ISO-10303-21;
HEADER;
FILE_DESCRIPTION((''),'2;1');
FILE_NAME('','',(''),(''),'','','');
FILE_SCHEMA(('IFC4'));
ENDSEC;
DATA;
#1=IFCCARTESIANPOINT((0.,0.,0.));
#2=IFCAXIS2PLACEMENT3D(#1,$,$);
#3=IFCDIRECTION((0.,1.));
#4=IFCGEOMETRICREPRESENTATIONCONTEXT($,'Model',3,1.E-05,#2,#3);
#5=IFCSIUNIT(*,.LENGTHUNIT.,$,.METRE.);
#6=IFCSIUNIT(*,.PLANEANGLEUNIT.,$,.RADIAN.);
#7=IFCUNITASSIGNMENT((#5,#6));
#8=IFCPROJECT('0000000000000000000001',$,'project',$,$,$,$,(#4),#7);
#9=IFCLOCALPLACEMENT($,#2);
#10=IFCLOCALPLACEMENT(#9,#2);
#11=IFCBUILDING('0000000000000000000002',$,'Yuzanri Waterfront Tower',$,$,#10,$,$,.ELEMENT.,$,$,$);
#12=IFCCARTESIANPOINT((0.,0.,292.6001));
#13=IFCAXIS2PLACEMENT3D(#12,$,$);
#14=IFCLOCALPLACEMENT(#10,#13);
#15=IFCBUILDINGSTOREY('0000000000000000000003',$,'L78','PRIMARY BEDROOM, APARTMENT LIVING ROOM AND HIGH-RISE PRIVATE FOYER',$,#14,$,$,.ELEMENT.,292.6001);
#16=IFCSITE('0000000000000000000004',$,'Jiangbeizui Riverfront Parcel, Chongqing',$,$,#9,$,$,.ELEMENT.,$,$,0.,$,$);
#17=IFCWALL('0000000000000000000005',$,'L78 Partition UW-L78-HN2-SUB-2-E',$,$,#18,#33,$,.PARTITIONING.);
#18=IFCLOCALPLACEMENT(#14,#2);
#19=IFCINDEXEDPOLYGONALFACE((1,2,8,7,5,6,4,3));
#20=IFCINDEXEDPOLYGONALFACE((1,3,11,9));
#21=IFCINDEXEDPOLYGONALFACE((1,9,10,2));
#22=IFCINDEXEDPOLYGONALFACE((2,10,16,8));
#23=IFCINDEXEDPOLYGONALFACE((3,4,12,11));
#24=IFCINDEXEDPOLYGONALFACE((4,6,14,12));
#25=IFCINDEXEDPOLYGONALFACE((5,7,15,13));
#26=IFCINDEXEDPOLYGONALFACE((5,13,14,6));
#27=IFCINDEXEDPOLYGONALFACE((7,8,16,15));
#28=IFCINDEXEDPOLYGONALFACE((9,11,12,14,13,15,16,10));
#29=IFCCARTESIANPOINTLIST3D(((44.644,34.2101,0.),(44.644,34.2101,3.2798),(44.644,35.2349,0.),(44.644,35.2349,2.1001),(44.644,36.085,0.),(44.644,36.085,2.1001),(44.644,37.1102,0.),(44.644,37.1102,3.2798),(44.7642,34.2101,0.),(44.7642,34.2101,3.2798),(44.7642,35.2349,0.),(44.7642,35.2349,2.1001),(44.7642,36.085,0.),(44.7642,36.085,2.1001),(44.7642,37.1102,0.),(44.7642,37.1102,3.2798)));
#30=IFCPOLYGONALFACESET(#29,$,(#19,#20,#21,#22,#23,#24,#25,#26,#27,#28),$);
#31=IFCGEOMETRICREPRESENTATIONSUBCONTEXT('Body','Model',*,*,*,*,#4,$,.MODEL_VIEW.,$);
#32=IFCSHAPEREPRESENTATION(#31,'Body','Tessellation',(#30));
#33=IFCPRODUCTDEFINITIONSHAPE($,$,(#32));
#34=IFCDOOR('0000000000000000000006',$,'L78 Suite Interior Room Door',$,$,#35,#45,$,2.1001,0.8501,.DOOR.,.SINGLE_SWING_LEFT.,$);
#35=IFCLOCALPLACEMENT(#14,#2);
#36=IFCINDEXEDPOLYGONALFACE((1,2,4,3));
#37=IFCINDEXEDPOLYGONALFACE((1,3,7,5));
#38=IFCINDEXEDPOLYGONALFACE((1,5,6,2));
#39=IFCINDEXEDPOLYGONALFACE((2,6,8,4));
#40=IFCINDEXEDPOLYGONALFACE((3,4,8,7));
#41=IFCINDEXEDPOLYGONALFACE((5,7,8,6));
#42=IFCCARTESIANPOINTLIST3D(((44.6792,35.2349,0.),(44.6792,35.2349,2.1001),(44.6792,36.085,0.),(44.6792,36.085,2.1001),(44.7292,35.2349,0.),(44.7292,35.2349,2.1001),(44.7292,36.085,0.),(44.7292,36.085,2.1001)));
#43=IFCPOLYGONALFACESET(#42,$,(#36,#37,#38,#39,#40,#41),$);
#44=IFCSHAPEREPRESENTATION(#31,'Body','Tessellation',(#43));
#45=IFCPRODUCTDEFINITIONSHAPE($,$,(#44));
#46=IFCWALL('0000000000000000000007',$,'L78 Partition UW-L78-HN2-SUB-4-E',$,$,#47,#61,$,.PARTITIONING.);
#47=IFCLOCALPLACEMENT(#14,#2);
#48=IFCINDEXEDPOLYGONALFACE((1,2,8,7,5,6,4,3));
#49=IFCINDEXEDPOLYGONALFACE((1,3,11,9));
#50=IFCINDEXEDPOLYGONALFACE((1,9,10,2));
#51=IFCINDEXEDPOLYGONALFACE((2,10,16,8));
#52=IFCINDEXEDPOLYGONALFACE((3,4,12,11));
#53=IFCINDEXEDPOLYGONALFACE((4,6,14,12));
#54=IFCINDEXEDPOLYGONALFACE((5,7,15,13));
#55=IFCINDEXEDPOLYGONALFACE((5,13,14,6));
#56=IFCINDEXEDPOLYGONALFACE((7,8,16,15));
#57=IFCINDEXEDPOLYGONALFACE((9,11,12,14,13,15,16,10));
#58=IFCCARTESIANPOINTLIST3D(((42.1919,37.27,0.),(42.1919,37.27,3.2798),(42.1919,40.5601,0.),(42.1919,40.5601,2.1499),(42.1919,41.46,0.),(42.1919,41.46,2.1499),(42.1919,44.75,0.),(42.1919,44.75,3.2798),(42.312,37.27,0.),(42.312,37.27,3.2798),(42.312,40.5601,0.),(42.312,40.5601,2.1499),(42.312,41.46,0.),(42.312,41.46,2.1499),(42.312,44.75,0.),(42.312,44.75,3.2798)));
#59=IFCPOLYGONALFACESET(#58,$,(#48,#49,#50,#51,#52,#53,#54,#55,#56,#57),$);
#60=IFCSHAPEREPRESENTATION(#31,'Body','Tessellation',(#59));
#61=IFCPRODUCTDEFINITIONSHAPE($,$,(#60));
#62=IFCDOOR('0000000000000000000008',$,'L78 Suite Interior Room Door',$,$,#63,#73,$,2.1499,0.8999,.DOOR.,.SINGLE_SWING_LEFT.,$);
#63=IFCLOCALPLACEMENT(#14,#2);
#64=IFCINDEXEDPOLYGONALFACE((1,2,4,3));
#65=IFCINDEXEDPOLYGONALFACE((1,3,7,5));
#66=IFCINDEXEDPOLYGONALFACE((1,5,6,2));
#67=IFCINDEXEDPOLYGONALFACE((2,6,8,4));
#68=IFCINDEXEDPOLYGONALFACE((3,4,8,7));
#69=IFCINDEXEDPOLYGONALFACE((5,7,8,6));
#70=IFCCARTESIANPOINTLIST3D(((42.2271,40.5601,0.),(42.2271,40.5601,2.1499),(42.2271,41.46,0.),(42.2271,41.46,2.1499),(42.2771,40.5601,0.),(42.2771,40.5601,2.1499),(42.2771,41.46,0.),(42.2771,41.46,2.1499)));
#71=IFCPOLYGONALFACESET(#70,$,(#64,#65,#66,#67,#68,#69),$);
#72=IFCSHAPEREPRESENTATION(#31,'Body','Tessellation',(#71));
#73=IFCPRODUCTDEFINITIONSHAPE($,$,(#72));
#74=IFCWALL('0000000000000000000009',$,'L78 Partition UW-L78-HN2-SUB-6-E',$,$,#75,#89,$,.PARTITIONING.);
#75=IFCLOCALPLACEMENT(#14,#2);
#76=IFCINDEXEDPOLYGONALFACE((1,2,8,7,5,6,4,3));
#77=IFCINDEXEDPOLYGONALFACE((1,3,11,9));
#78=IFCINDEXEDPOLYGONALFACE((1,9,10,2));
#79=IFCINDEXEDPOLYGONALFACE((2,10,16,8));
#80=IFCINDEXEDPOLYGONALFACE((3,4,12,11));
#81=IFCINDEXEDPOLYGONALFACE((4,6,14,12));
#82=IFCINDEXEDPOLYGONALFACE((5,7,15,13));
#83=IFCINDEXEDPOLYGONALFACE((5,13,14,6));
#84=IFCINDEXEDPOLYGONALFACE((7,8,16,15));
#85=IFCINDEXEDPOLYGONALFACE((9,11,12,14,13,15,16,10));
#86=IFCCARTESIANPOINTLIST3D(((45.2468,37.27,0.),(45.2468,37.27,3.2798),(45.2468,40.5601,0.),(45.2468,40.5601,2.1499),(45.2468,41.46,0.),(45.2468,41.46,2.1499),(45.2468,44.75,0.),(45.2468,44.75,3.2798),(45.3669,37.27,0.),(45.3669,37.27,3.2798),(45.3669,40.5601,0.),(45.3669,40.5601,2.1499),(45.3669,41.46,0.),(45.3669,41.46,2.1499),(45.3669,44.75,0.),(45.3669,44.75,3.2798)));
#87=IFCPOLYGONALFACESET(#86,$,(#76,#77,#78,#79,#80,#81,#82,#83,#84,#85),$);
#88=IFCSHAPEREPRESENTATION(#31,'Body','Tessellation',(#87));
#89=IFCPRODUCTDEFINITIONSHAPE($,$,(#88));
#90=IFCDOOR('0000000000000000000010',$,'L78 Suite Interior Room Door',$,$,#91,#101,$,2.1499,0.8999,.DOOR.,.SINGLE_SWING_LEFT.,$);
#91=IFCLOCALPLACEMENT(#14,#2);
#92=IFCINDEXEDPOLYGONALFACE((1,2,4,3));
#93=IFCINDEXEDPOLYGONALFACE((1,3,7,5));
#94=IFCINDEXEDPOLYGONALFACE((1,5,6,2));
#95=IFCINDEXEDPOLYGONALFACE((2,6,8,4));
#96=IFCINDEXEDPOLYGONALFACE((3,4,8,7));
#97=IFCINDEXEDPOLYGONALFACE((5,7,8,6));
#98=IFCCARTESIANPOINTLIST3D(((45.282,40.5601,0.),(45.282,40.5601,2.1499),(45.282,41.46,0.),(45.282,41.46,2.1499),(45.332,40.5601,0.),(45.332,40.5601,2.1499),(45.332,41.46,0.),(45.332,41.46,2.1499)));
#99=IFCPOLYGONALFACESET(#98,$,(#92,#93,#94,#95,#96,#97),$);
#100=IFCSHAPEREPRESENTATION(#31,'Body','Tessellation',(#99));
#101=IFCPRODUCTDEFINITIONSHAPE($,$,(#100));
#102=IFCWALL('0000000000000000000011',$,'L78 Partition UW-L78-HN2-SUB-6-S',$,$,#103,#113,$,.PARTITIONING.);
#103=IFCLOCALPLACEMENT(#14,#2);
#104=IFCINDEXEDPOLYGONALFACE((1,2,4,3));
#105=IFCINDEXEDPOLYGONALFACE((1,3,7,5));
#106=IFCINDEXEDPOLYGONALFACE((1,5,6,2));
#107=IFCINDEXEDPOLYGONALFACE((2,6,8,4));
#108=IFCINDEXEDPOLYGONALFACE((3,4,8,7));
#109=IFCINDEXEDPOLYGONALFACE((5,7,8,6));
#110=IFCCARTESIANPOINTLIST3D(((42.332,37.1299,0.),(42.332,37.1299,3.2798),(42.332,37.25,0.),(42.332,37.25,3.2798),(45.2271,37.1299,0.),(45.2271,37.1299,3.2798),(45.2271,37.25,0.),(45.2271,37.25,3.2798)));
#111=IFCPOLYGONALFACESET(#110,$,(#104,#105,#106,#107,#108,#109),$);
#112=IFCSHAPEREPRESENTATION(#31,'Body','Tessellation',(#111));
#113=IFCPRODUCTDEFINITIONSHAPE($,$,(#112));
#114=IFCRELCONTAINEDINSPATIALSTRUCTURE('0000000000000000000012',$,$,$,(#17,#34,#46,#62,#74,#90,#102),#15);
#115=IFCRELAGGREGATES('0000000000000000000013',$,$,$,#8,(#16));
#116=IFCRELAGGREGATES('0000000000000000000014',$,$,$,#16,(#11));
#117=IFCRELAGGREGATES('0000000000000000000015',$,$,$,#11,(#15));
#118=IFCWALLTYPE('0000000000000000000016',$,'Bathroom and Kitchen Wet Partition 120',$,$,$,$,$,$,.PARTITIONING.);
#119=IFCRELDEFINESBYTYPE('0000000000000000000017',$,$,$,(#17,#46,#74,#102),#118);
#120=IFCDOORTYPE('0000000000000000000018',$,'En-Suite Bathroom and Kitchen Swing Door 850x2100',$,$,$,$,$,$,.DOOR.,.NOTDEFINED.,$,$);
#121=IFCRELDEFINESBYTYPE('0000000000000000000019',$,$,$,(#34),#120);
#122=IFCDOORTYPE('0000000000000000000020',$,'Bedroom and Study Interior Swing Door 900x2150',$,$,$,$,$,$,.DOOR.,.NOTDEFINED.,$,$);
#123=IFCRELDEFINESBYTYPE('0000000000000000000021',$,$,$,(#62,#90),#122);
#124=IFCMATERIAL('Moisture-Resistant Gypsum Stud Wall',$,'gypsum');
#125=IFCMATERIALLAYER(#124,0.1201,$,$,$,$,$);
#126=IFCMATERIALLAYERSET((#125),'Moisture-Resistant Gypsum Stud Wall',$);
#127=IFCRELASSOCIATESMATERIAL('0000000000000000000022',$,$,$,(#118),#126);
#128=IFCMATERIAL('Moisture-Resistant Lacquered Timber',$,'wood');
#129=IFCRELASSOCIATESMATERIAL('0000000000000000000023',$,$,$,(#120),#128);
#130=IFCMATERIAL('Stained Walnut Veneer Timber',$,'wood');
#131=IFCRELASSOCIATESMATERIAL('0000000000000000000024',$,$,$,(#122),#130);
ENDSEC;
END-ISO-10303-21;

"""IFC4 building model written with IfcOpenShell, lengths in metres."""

from ifc_helpers import new_model, si_unit, direction, frame, frame_2d, origin, place, context, subcontext, project, spatial, rectangle, extrude, source, transform, mapped, material, layer, layer_set, type_object, element, fill, save


model = new_model("IFC4")

# Units and contexts
model_context = context("Model", 3, precision=1e-05, world=origin(), true_north=direction((0.0, 1.0)))
body_context = subcontext(model_context, "Body", "Model", "MODEL_VIEW")
ifc_project = project(units=[si_unit("LENGTHUNIT", "METRE"), si_unit("PLANEANGLEUNIT", "RADIAN")], contexts=[model_context])

# Site, building, storey
site_placement = place(None, origin())
site = spatial("IfcSite", under=ifc_project, at=site_placement, Name="Jiangbeizui Riverfront Parcel, Chongqing", CompositionType="ELEMENT", RefElevation=0.0)
building_placement = place(site_placement, origin())
building = spatial("IfcBuilding", under=site, at=building_placement, Name="Yuzanri Waterfront Tower", CompositionType="ELEMENT")
storey_placement = place(building_placement, frame((0.0, 0.0, 292.6001)))
storey = spatial("IfcBuildingStorey", under=building, at=storey_placement, Name="L78", Description="PRIMARY BEDROOM, APARTMENT LIVING ROOM AND HIGH-RISE PRIVATE FOYER", CompositionType="ELEMENT", Elevation=292.6001)

# Walls, openings, doors
ifc_material_1 = material(Name="Moisture-Resistant Gypsum Stud Wall", Category="gypsum")
ifc_layer_1 = layer(ifc_material_1, 0.1201)
ifc_layer_set_1 = layer_set([ifc_layer_1], Name="Moisture-Resistant Gypsum Stud Wall")
wall_type = type_object("IfcWallType", Name="Bathroom and Kitchen Wet Partition 120", PredefinedType="PARTITIONING", material=ifc_layer_set_1)
ifc_material_2 = material(Name="Moisture-Resistant Lacquered Timber", Category="wood")
door_type_1 = type_object("IfcDoorType", Name="En-Suite Bathroom and Kitchen Swing Door 850x2100", OperationType="NOTDEFINED", PredefinedType="DOOR", material=ifc_material_2)
shared_shape_1 = source(origin(), body_context, "Body", "SweptSolid", [
    extrude(rectangle(XDim=0.8501, YDim=2.1001, at=frame_2d((0.425, 1.05))), frame((0.0, 0.0249, 0.0), z_axis=(0.0, -1.0, 0.0), x_axis=(1.0, 0.0, 0.0)), (0.0, 0.0, 1.0), 0.05),
])
wall_1_placement = place(storey_placement, frame((44.7041, 34.21, 0.0), z_axis=(0.0, 0.0, 1.0), x_axis=(0.0, 1.0, 0.0)))
wall_1 = element("IfcWall", 1, at=wall_1_placement, inside=storey, type_object=wall_type, Name="L78 Partition UW-L78-HN2-SUB-2-E", PredefinedType="PARTITIONING", context=body_context, shape_type="SweptSolid", body=[
    extrude(rectangle(XDim=2.9001, YDim=0.1201, at=frame_2d((1.4502, 0.0))), origin(), (0.0, 0.0, 1.0), 3.2798),
])
opening_1_placement = place(wall_1_placement, frame((1.0249, 0.0, 0.0)))
opening_1 = element("IfcOpeningElement", 2, at=opening_1_placement, cuts=wall_1, PredefinedType="OPENING", context=body_context, shape_type="SweptSolid", body=[
    extrude(rectangle(XDim=0.8501, YDim=2.1001, at=frame_2d((0.425, 1.05))), frame((0.0, 0.075, 0.0), z_axis=(0.0, -1.0, 0.0), x_axis=(1.0, 0.0, 0.0)), (0.0, 0.0, 1.0), 0.1499),
])
door_1_placement = place(opening_1_placement, origin())
door_1 = element("IfcDoor", 3, at=door_1_placement, inside=storey, type_object=door_type_1, Name="L78 Suite Interior Room Door", OperationType="SINGLE_SWING_LEFT", OverallHeight=2.1001, OverallWidth=0.8501, PredefinedType="DOOR", context=body_context, shape_type="MappedRepresentation", body=[
    mapped(shared_shape_1, transform((0.0, 0.0, 0.0), scale=1.0)),
])
fill(opening_1, door_1)
wall_2_placement = place(storey_placement, frame((42.252, 37.27, 0.0), z_axis=(0.0, 0.0, 1.0), x_axis=(0.0, 1.0, 0.0)))
wall_2 = element("IfcWall", 4, at=wall_2_placement, inside=storey, type_object=wall_type, Name="L78 Partition UW-L78-HN2-SUB-4-E", PredefinedType="PARTITIONING", context=body_context, shape_type="SweptSolid", body=[
    extrude(rectangle(XDim=7.48, YDim=0.1201, at=frame_2d((3.74, 0.0))), origin(), (0.0, 0.0, 1.0), 3.2798),
])
opening_2_placement = place(wall_2_placement, frame((3.29, 0.0, 0.0)))
opening_2 = element("IfcOpeningElement", 5, at=opening_2_placement, cuts=wall_2, PredefinedType="OPENING", context=body_context, shape_type="SweptSolid", body=[
    extrude(rectangle(XDim=0.8999, YDim=2.1499, at=frame_2d((0.45, 1.075))), frame((0.0, 0.075, 0.0), z_axis=(0.0, -1.0, 0.0), x_axis=(1.0, 0.0, 0.0)), (0.0, 0.0, 1.0), 0.1499),
])
ifc_material_3 = material(Name="Stained Walnut Veneer Timber", Category="wood")
door_type_2 = type_object("IfcDoorType", Name="Bedroom and Study Interior Swing Door 900x2150", OperationType="NOTDEFINED", PredefinedType="DOOR", material=ifc_material_3)
shared_shape_2 = source(origin(), body_context, "Body", "SweptSolid", [
    extrude(rectangle(XDim=0.8999, YDim=2.1499, at=frame_2d((0.45, 1.075))), frame((0.0, 0.0249, 0.0), z_axis=(0.0, -1.0, 0.0), x_axis=(1.0, 0.0, 0.0)), (0.0, 0.0, 1.0), 0.05),
])
door_2_placement = place(opening_2_placement, origin())
door_2 = element("IfcDoor", 6, at=door_2_placement, inside=storey, type_object=door_type_2, Name="L78 Suite Interior Room Door", OperationType="SINGLE_SWING_LEFT", OverallHeight=2.1499, OverallWidth=0.8999, PredefinedType="DOOR", context=body_context, shape_type="MappedRepresentation", body=[
    mapped(shared_shape_2, transform((0.0, 0.0, 0.0), scale=1.0)),
])
fill(opening_2, door_2)
wall_3_placement = place(storey_placement, frame((45.3069, 37.27, 0.0), z_axis=(0.0, 0.0, 1.0), x_axis=(0.0, 1.0, 0.0)))
wall_3 = element("IfcWall", 7, at=wall_3_placement, inside=storey, type_object=wall_type, Name="L78 Partition UW-L78-HN2-SUB-6-E", PredefinedType="PARTITIONING", context=body_context, shape_type="SweptSolid", body=[
    extrude(rectangle(XDim=7.48, YDim=0.1201, at=frame_2d((3.74, 0.0))), origin(), (0.0, 0.0, 1.0), 3.2798),
])
opening_3_placement = place(wall_3_placement, frame((3.29, 0.0, 0.0)))
opening_3 = element("IfcOpeningElement", 8, at=opening_3_placement, cuts=wall_3, PredefinedType="OPENING", context=body_context, shape_type="SweptSolid", body=[
    extrude(rectangle(XDim=0.8999, YDim=2.1499, at=frame_2d((0.45, 1.075))), frame((0.0, 0.075, 0.0), z_axis=(0.0, -1.0, 0.0), x_axis=(1.0, 0.0, 0.0)), (0.0, 0.0, 1.0), 0.1499),
])
door_3_placement = place(opening_3_placement, origin())
door_3 = element("IfcDoor", 9, at=door_3_placement, inside=storey, type_object=door_type_2, Name="L78 Suite Interior Room Door", OperationType="SINGLE_SWING_LEFT", OverallHeight=2.1499, OverallWidth=0.8999, PredefinedType="DOOR", context=body_context, shape_type="MappedRepresentation", body=[
    mapped(shared_shape_2, transform((0.0, 0.0, 0.0), scale=1.0)),
])
fill(opening_3, door_3)

# Wall
shared_shape_3 = source(origin(), body_context, "Body", "SweptSolid", [
    extrude(rectangle(XDim=2.895, YDim=0.1201, at=frame_2d((1.4475, 0.0))), origin(), (0.0, 0.0, 1.0), 3.2798),
])
wall_4_placement = place(storey_placement, frame((42.332, 37.1899, 0.0), z_axis=(0.0, 0.0, 1.0), x_axis=(1.0, 0.0, 0.0)))
element("IfcWall", 10, at=wall_4_placement, inside=storey, type_object=wall_type, Name="L78 Partition UW-L78-HN2-SUB-6-S", PredefinedType="PARTITIONING", context=body_context, shape_type="MappedRepresentation", body=[
    mapped(shared_shape_3, transform((0.0, 0.0, 0.0), scale=1.0)),
])

save(model, "model.ifc")
